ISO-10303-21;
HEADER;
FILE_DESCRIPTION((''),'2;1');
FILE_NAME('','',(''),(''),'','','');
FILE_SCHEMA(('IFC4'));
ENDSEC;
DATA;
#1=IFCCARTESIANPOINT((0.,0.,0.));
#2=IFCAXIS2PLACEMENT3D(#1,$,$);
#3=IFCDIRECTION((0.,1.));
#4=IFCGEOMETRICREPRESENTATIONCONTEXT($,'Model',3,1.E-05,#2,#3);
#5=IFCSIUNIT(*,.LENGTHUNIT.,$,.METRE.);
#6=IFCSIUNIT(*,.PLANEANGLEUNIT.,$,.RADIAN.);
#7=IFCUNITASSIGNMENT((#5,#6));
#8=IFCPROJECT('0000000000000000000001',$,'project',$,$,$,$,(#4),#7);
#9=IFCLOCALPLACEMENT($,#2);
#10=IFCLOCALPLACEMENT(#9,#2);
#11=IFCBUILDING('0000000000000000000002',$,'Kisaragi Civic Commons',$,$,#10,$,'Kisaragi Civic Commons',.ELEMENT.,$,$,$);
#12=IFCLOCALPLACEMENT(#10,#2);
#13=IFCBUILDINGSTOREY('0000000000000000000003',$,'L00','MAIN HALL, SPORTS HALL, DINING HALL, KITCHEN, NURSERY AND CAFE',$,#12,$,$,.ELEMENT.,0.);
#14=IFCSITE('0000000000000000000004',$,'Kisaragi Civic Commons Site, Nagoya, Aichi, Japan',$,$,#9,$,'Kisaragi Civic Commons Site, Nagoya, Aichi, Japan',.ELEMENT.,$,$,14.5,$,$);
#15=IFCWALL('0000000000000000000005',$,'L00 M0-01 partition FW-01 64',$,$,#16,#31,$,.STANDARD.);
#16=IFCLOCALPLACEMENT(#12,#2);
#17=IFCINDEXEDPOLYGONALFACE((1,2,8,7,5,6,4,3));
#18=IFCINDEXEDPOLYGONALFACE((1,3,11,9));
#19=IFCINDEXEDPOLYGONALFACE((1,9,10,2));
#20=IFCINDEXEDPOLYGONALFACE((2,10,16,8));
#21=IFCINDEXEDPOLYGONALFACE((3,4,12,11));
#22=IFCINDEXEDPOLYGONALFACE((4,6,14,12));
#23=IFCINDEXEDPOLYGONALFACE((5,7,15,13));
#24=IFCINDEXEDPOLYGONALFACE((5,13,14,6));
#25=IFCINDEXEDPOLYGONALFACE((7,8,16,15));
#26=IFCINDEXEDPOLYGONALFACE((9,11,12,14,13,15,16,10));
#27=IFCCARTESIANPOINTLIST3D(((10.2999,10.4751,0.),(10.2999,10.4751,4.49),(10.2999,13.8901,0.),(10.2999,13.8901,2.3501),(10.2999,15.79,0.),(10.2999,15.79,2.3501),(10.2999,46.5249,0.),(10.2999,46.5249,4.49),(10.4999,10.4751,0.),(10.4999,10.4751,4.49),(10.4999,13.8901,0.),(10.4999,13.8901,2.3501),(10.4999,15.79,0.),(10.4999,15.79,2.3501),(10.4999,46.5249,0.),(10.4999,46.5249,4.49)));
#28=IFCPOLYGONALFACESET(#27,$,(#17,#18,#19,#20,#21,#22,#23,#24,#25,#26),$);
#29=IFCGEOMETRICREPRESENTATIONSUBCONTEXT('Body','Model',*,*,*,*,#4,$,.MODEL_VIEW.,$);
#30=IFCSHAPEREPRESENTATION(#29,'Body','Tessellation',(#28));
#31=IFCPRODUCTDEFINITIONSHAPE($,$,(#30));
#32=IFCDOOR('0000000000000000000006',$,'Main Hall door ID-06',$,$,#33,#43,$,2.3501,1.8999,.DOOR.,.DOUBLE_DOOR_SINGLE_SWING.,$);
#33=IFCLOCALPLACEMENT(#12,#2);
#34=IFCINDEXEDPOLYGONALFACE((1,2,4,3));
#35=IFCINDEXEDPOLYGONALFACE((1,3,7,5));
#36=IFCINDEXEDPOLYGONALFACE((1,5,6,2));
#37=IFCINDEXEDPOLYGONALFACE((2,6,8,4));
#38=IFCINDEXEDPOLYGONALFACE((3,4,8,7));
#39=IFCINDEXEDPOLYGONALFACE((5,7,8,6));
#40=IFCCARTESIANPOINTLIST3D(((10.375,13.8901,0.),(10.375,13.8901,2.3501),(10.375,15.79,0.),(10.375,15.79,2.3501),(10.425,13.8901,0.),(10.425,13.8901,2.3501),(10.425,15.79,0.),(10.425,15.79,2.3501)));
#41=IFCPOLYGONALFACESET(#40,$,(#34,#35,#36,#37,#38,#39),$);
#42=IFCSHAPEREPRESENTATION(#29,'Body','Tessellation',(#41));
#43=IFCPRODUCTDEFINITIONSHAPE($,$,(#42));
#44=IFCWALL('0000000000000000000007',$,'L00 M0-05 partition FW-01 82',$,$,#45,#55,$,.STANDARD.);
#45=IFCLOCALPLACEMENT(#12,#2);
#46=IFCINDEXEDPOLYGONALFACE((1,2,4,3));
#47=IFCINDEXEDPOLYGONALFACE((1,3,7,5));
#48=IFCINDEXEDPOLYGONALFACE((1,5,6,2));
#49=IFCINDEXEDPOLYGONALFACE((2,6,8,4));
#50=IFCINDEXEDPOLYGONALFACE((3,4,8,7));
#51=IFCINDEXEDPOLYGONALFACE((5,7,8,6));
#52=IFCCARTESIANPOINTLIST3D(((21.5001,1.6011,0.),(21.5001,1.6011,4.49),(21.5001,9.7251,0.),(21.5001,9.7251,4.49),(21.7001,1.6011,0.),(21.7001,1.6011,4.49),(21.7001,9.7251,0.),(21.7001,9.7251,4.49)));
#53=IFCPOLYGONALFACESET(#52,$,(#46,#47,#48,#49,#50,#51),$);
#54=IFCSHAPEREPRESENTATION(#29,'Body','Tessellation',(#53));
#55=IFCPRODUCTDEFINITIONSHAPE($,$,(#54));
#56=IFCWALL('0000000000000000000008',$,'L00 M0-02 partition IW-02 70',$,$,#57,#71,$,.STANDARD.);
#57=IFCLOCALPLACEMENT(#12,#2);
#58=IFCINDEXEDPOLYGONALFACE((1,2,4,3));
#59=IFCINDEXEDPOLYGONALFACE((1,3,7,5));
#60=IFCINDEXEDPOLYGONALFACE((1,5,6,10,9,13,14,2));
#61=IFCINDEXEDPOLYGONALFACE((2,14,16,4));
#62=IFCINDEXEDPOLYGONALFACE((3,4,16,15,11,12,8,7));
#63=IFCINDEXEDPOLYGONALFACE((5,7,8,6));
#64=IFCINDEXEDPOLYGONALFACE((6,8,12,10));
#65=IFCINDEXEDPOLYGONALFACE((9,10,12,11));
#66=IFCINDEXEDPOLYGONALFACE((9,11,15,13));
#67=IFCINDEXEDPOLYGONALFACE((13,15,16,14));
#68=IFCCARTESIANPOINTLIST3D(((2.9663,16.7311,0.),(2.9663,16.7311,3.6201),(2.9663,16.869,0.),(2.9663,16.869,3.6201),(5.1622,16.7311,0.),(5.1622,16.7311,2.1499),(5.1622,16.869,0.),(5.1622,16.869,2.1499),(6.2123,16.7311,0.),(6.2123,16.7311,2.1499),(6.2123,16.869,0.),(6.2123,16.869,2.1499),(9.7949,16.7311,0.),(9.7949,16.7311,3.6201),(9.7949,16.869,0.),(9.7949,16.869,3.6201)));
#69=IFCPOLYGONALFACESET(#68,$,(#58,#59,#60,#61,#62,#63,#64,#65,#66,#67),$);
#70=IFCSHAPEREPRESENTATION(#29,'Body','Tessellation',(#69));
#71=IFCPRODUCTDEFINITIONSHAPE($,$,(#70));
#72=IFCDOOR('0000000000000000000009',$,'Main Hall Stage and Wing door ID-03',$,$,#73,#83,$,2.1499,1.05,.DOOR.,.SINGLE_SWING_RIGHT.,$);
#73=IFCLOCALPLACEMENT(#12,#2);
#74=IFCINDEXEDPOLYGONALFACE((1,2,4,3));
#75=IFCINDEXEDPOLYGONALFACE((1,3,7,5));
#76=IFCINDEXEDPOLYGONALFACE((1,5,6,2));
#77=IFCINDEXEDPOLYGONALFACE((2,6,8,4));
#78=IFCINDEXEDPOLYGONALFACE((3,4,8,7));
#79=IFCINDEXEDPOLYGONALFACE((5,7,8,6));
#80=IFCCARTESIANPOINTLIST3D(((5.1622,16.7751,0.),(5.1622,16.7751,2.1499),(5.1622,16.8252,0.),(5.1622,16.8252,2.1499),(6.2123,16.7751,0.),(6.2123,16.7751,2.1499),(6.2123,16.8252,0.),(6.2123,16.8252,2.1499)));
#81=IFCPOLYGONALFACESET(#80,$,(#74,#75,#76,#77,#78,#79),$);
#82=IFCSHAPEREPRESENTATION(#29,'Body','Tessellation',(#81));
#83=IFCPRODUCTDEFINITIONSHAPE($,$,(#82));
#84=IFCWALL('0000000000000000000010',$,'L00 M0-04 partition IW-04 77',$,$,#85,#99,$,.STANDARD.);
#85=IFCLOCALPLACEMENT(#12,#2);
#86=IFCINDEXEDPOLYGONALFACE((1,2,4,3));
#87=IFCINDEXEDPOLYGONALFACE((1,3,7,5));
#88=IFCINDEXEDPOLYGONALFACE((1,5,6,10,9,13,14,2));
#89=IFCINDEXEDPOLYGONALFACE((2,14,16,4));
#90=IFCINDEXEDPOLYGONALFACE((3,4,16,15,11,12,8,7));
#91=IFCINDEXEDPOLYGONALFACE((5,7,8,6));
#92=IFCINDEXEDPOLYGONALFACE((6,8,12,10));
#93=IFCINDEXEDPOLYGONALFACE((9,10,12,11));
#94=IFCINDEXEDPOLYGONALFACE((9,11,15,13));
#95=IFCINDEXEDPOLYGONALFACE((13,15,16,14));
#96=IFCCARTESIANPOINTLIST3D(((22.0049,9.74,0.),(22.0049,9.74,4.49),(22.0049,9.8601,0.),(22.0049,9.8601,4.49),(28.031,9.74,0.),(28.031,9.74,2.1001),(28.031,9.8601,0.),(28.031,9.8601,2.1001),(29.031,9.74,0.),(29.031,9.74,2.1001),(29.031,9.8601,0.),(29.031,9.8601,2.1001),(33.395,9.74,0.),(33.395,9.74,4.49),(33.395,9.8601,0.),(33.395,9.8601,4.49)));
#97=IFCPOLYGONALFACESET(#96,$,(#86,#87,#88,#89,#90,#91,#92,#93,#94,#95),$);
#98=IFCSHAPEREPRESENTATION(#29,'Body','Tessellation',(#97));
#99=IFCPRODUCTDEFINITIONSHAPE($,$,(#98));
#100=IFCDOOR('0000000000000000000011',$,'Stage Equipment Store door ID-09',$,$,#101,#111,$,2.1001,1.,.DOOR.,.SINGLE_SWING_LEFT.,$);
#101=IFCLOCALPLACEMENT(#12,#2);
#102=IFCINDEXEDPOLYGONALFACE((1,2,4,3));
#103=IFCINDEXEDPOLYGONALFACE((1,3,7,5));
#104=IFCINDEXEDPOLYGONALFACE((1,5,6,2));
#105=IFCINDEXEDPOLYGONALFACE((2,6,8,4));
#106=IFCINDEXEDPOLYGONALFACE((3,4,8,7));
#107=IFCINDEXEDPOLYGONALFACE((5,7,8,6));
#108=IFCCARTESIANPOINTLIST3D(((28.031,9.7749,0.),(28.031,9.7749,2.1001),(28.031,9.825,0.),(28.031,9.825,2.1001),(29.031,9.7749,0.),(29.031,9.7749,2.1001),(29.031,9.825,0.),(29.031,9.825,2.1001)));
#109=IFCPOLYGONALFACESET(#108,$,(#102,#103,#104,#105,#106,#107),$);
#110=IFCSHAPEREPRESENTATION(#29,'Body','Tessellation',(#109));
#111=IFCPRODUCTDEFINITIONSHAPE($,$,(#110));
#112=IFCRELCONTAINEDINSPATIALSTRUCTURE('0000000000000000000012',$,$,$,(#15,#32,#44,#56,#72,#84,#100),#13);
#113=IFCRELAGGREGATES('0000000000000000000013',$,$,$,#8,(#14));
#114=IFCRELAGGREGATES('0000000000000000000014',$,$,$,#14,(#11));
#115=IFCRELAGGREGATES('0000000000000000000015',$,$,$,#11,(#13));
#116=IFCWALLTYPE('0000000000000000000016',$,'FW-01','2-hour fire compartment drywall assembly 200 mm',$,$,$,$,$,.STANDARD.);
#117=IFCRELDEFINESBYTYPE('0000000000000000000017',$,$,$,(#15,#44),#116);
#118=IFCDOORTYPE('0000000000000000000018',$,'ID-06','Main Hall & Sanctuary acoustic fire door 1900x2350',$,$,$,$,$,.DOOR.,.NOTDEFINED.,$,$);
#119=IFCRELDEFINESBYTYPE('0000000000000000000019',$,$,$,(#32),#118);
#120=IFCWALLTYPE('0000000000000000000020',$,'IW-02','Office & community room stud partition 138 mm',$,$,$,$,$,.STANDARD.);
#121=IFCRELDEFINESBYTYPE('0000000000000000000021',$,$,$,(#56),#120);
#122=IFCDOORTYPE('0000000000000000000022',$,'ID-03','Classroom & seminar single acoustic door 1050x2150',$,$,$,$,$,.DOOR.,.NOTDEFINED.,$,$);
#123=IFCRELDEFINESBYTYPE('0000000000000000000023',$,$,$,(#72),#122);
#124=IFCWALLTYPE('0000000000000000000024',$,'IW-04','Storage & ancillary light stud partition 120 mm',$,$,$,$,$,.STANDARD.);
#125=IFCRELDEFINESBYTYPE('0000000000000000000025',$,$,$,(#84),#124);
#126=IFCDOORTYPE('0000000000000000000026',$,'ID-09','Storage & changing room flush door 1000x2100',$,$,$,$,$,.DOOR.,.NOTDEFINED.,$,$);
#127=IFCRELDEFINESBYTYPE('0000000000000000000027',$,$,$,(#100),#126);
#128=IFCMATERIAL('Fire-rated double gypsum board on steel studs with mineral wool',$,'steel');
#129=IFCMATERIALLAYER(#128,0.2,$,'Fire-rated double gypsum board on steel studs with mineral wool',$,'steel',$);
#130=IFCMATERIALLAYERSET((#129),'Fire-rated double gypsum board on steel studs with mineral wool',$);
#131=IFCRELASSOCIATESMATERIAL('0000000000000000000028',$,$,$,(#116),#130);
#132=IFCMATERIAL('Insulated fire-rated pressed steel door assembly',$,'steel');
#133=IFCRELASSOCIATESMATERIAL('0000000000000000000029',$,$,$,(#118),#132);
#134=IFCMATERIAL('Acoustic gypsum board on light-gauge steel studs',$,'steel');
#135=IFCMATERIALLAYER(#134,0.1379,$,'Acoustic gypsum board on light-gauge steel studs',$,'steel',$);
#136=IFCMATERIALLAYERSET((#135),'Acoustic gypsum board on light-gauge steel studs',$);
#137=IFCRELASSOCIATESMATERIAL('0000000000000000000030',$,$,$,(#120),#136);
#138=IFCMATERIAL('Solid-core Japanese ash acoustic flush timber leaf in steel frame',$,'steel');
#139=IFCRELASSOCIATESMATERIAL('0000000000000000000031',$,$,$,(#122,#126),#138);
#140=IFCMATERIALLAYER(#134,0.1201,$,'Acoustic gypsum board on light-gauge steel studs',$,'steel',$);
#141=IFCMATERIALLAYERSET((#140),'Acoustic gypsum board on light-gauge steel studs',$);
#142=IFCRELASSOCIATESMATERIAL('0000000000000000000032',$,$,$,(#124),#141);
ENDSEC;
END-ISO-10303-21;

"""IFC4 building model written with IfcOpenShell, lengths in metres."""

from ifc_helpers import new_model, si_unit, direction, frame, frame_2d, origin, place, context, subcontext, project, spatial, rectangle, extrude, material, layer, layer_set, type_object, element, fill, save


model = new_model("IFC4")

# Units and contexts
model_context = context("Model", 3, precision=1e-05, world=origin(), true_north=direction((0.0, 1.0)))
body_context = subcontext(model_context, "Body", "Model", "MODEL_VIEW")
ifc_project = project(units=[si_unit("LENGTHUNIT", "METRE"), si_unit("PLANEANGLEUNIT", "RADIAN")], contexts=[model_context])

# Site, building, storey
site_placement = place(None, origin())
site = spatial("IfcSite", under=ifc_project, at=site_placement, Name="Kisaragi Civic Commons Site, Nagoya, Aichi, Japan", LongName="Kisaragi Civic Commons Site, Nagoya, Aichi, Japan", CompositionType="ELEMENT", RefElevation=14.5)
building_placement = place(site_placement, origin())
building = spatial("IfcBuilding", under=site, at=building_placement, Name="Kisaragi Civic Commons", LongName="Kisaragi Civic Commons", CompositionType="ELEMENT")
storey_placement = place(building_placement, origin())
storey = spatial("IfcBuildingStorey", under=building, at=storey_placement, Name="L00", Description="MAIN HALL, SPORTS HALL, DINING HALL, KITCHEN, NURSERY AND CAFE", CompositionType="ELEMENT", Elevation=0.0)

# Shared definitions
ifc_material_1 = material(Name="Fire-rated double gypsum board on steel studs with mineral wool", Category="steel")
ifc_layer_1 = layer(ifc_material_1, 0.2, Name="Fire-rated double gypsum board on steel studs with mineral wool", Category="steel")
ifc_layer_set_1 = layer_set([ifc_layer_1], Name="Fire-rated double gypsum board on steel studs with mineral wool")
wall_type_1 = type_object("IfcWallType", Name="FW-01", Description="2-hour fire compartment drywall assembly 200 mm", PredefinedType="STANDARD", material=ifc_layer_set_1)

# Wall, opening, door
wall_1_placement = place(storey_placement, frame((10.3999, 10.4751, 0.0), z_axis=(0.0, 0.0, 1.0), x_axis=(0.0, 1.0, 0.0)))
wall_1 = element("IfcWall", 1, at=wall_1_placement, inside=storey, type_object=wall_type_1, Name="L00 M0-01 partition FW-01 64", PredefinedType="STANDARD", context=body_context, shape_type="SweptSolid", body=[
    extrude(rectangle(XDim=36.0498, YDim=0.2, at=frame_2d((18.0249, 0.0))), origin(), (0.0, 0.0, 1.0), 4.49),
])
opening_1_placement = place(wall_1_placement, frame((3.415, 0.0, 0.0)))
opening_1 = element("IfcOpeningElement", 2, at=opening_1_placement, cuts=wall_1, PredefinedType="OPENING", context=body_context, shape_type="SweptSolid", body=[
    extrude(rectangle(XDim=1.8999, YDim=2.3501, at=frame_2d((0.95, 1.175))), frame((0.0, 0.1099, 0.0), z_axis=(0.0, -1.0, 0.0), x_axis=(1.0, 0.0, 0.0)), (0.0, 0.0, 1.0), 0.22),
])
ifc_material_2 = material(Name="Insulated fire-rated pressed steel door assembly", Category="steel")
door_type_1 = type_object("IfcDoorType", Name="ID-06", Description="Main Hall & Sanctuary acoustic fire door 1900x2350", OperationType="NOTDEFINED", PredefinedType="DOOR", material=ifc_material_2)
door_1_placement = place(opening_1_placement, origin())
door_1 = element("IfcDoor", 3, at=door_1_placement, inside=storey, type_object=door_type_1, Name="Main Hall door ID-06", OperationType="DOUBLE_DOOR_SINGLE_SWING", OverallHeight=2.3501, OverallWidth=1.8999, PredefinedType="DOOR", context=body_context, shape_type="SweptSolid", body=[
    extrude(rectangle(XDim=1.8999, YDim=2.3501, at=frame_2d((0.95, 1.175))), frame((0.0, 0.0249, 0.0), z_axis=(0.0, -1.0, 0.0), x_axis=(1.0, 0.0, 0.0)), (0.0, 0.0, 1.0), 0.05),
])
fill(opening_1, door_1)

# Wall
wall_2_placement = place(storey_placement, frame((21.6001, 9.7251, 0.0), z_axis=(0.0, 0.0, 1.0), x_axis=(0.0, -1.0, 0.0)))
element("IfcWall", 4, at=wall_2_placement, inside=storey, type_object=wall_type_1, Name="L00 M0-05 partition FW-01 82", PredefinedType="STANDARD", context=body_context, shape_type="SweptSolid", body=[
    extrude(rectangle(XDim=8.124, YDim=0.2, at=frame_2d((4.062, 0.0))), origin(), (0.0, 0.0, 1.0), 4.49),
])

# Walls, openings, doors
ifc_material_3 = material(Name="Acoustic gypsum board on light-gauge steel studs", Category="steel")
ifc_layer_2 = layer(ifc_material_3, 0.1379, Name="Acoustic gypsum board on light-gauge steel studs", Category="steel")
ifc_layer_set_2 = layer_set([ifc_layer_2], Name="Acoustic gypsum board on light-gauge steel studs")
wall_type_2 = type_object("IfcWallType", Name="IW-02", Description="Office & community room stud partition 138 mm", PredefinedType="STANDARD", material=ifc_layer_set_2)
wall_3_placement = place(storey_placement, frame((9.7949, 16.8, 0.0), z_axis=(0.0, 0.0, 1.0), x_axis=(-1.0, 0.0, 0.0)))
wall_3 = element("IfcWall", 5, at=wall_3_placement, inside=storey, type_object=wall_type_2, Name="L00 M0-02 partition IW-02 70", PredefinedType="STANDARD", context=body_context, shape_type="SweptSolid", body=[
    extrude(rectangle(XDim=6.8286, YDim=0.1379, at=frame_2d((3.4143, 0.0))), origin(), (0.0, 0.0, 1.0), 3.6201),
])
opening_2_placement = place(wall_3_placement, frame((3.5828, 0.0, 0.0)))
opening_2 = element("IfcOpeningElement", 6, at=opening_2_placement, cuts=wall_3, PredefinedType="OPENING", context=body_context, shape_type="SweptSolid", body=[
    extrude(rectangle(XDim=1.05, YDim=2.1499, at=frame_2d((0.5249, 1.075))), frame((0.0, 0.0789, 0.0), z_axis=(0.0, -1.0, 0.0), x_axis=(1.0, 0.0, 0.0)), (0.0, 0.0, 1.0), 0.158),
])
ifc_material_4 = material(Name="Solid-core Japanese ash acoustic flush timber leaf in steel frame", Category="steel")
door_type_2 = type_object("IfcDoorType", Name="ID-03", Description="Classroom & seminar single acoustic door 1050x2150", OperationType="NOTDEFINED", PredefinedType="DOOR", material=ifc_material_4)
door_2_placement = place(opening_2_placement, origin())
door_2 = element("IfcDoor", 7, at=door_2_placement, inside=storey, type_object=door_type_2, Name="Main Hall Stage and Wing door ID-03", OperationType="SINGLE_SWING_RIGHT", OverallHeight=2.1499, OverallWidth=1.05, PredefinedType="DOOR", context=body_context, shape_type="SweptSolid", body=[
    extrude(rectangle(XDim=1.05, YDim=2.1499, at=frame_2d((0.5249, 1.075))), frame((0.0, 0.0249, 0.0), z_axis=(0.0, -1.0, 0.0), x_axis=(1.0, 0.0, 0.0)), (0.0, 0.0, 1.0), 0.05),
])
fill(opening_2, door_2)
ifc_layer_3 = layer(ifc_material_3, 0.1201, Name="Acoustic gypsum board on light-gauge steel studs", Category="steel")
ifc_layer_set_3 = layer_set([ifc_layer_3], Name="Acoustic gypsum board on light-gauge steel studs")
wall_type_3 = type_object("IfcWallType", Name="IW-04", Description="Storage & ancillary light stud partition 120 mm", PredefinedType="STANDARD", material=ifc_layer_set_3)
wall_4_placement = place(storey_placement, frame((22.0049, 9.8, 0.0), z_axis=(0.0, 0.0, 1.0), x_axis=(1.0, 0.0, 0.0)))
wall_4 = element("IfcWall", 8, at=wall_4_placement, inside=storey, type_object=wall_type_3, Name="L00 M0-04 partition IW-04 77", PredefinedType="STANDARD", context=body_context, shape_type="SweptSolid", body=[
    extrude(rectangle(XDim=11.3901, YDim=0.1201, at=frame_2d((5.6951, 0.0))), origin(), (0.0, 0.0, 1.0), 4.49),
])
opening_3_placement = place(wall_4_placement, frame((6.0261, 0.0, 0.0)))
opening_3 = element("IfcOpeningElement", 9, at=opening_3_placement, cuts=wall_4, PredefinedType="OPENING", context=body_context, shape_type="SweptSolid", body=[
    extrude(rectangle(XDim=1.0, YDim=2.1001, at=frame_2d((0.5, 1.05))), frame((0.0, 0.0701, 0.0), z_axis=(0.0, -1.0, 0.0), x_axis=(1.0, 0.0, 0.0)), (0.0, 0.0, 1.0), 0.1401),
])
door_type_3 = type_object("IfcDoorType", Name="ID-09", Description="Storage & changing room flush door 1000x2100", OperationType="NOTDEFINED", PredefinedType="DOOR", material=ifc_material_4)
door_3_placement = place(opening_3_placement, origin())
door_3 = element("IfcDoor", 10, at=door_3_placement, inside=storey, type_object=door_type_3, Name="Stage Equipment Store door ID-09", OperationType="SINGLE_SWING_LEFT", OverallHeight=2.1001, OverallWidth=1.0, PredefinedType="DOOR", context=body_context, shape_type="SweptSolid", body=[
    extrude(rectangle(XDim=1.0, YDim=2.1001, at=frame_2d((0.5, 1.05))), frame((0.0, 0.0249, 0.0), z_axis=(0.0, -1.0, 0.0), x_axis=(1.0, 0.0, 0.0)), (0.0, 0.0, 1.0), 0.05),
])
fill(opening_3, door_3)

save(model, "model.ifc")
